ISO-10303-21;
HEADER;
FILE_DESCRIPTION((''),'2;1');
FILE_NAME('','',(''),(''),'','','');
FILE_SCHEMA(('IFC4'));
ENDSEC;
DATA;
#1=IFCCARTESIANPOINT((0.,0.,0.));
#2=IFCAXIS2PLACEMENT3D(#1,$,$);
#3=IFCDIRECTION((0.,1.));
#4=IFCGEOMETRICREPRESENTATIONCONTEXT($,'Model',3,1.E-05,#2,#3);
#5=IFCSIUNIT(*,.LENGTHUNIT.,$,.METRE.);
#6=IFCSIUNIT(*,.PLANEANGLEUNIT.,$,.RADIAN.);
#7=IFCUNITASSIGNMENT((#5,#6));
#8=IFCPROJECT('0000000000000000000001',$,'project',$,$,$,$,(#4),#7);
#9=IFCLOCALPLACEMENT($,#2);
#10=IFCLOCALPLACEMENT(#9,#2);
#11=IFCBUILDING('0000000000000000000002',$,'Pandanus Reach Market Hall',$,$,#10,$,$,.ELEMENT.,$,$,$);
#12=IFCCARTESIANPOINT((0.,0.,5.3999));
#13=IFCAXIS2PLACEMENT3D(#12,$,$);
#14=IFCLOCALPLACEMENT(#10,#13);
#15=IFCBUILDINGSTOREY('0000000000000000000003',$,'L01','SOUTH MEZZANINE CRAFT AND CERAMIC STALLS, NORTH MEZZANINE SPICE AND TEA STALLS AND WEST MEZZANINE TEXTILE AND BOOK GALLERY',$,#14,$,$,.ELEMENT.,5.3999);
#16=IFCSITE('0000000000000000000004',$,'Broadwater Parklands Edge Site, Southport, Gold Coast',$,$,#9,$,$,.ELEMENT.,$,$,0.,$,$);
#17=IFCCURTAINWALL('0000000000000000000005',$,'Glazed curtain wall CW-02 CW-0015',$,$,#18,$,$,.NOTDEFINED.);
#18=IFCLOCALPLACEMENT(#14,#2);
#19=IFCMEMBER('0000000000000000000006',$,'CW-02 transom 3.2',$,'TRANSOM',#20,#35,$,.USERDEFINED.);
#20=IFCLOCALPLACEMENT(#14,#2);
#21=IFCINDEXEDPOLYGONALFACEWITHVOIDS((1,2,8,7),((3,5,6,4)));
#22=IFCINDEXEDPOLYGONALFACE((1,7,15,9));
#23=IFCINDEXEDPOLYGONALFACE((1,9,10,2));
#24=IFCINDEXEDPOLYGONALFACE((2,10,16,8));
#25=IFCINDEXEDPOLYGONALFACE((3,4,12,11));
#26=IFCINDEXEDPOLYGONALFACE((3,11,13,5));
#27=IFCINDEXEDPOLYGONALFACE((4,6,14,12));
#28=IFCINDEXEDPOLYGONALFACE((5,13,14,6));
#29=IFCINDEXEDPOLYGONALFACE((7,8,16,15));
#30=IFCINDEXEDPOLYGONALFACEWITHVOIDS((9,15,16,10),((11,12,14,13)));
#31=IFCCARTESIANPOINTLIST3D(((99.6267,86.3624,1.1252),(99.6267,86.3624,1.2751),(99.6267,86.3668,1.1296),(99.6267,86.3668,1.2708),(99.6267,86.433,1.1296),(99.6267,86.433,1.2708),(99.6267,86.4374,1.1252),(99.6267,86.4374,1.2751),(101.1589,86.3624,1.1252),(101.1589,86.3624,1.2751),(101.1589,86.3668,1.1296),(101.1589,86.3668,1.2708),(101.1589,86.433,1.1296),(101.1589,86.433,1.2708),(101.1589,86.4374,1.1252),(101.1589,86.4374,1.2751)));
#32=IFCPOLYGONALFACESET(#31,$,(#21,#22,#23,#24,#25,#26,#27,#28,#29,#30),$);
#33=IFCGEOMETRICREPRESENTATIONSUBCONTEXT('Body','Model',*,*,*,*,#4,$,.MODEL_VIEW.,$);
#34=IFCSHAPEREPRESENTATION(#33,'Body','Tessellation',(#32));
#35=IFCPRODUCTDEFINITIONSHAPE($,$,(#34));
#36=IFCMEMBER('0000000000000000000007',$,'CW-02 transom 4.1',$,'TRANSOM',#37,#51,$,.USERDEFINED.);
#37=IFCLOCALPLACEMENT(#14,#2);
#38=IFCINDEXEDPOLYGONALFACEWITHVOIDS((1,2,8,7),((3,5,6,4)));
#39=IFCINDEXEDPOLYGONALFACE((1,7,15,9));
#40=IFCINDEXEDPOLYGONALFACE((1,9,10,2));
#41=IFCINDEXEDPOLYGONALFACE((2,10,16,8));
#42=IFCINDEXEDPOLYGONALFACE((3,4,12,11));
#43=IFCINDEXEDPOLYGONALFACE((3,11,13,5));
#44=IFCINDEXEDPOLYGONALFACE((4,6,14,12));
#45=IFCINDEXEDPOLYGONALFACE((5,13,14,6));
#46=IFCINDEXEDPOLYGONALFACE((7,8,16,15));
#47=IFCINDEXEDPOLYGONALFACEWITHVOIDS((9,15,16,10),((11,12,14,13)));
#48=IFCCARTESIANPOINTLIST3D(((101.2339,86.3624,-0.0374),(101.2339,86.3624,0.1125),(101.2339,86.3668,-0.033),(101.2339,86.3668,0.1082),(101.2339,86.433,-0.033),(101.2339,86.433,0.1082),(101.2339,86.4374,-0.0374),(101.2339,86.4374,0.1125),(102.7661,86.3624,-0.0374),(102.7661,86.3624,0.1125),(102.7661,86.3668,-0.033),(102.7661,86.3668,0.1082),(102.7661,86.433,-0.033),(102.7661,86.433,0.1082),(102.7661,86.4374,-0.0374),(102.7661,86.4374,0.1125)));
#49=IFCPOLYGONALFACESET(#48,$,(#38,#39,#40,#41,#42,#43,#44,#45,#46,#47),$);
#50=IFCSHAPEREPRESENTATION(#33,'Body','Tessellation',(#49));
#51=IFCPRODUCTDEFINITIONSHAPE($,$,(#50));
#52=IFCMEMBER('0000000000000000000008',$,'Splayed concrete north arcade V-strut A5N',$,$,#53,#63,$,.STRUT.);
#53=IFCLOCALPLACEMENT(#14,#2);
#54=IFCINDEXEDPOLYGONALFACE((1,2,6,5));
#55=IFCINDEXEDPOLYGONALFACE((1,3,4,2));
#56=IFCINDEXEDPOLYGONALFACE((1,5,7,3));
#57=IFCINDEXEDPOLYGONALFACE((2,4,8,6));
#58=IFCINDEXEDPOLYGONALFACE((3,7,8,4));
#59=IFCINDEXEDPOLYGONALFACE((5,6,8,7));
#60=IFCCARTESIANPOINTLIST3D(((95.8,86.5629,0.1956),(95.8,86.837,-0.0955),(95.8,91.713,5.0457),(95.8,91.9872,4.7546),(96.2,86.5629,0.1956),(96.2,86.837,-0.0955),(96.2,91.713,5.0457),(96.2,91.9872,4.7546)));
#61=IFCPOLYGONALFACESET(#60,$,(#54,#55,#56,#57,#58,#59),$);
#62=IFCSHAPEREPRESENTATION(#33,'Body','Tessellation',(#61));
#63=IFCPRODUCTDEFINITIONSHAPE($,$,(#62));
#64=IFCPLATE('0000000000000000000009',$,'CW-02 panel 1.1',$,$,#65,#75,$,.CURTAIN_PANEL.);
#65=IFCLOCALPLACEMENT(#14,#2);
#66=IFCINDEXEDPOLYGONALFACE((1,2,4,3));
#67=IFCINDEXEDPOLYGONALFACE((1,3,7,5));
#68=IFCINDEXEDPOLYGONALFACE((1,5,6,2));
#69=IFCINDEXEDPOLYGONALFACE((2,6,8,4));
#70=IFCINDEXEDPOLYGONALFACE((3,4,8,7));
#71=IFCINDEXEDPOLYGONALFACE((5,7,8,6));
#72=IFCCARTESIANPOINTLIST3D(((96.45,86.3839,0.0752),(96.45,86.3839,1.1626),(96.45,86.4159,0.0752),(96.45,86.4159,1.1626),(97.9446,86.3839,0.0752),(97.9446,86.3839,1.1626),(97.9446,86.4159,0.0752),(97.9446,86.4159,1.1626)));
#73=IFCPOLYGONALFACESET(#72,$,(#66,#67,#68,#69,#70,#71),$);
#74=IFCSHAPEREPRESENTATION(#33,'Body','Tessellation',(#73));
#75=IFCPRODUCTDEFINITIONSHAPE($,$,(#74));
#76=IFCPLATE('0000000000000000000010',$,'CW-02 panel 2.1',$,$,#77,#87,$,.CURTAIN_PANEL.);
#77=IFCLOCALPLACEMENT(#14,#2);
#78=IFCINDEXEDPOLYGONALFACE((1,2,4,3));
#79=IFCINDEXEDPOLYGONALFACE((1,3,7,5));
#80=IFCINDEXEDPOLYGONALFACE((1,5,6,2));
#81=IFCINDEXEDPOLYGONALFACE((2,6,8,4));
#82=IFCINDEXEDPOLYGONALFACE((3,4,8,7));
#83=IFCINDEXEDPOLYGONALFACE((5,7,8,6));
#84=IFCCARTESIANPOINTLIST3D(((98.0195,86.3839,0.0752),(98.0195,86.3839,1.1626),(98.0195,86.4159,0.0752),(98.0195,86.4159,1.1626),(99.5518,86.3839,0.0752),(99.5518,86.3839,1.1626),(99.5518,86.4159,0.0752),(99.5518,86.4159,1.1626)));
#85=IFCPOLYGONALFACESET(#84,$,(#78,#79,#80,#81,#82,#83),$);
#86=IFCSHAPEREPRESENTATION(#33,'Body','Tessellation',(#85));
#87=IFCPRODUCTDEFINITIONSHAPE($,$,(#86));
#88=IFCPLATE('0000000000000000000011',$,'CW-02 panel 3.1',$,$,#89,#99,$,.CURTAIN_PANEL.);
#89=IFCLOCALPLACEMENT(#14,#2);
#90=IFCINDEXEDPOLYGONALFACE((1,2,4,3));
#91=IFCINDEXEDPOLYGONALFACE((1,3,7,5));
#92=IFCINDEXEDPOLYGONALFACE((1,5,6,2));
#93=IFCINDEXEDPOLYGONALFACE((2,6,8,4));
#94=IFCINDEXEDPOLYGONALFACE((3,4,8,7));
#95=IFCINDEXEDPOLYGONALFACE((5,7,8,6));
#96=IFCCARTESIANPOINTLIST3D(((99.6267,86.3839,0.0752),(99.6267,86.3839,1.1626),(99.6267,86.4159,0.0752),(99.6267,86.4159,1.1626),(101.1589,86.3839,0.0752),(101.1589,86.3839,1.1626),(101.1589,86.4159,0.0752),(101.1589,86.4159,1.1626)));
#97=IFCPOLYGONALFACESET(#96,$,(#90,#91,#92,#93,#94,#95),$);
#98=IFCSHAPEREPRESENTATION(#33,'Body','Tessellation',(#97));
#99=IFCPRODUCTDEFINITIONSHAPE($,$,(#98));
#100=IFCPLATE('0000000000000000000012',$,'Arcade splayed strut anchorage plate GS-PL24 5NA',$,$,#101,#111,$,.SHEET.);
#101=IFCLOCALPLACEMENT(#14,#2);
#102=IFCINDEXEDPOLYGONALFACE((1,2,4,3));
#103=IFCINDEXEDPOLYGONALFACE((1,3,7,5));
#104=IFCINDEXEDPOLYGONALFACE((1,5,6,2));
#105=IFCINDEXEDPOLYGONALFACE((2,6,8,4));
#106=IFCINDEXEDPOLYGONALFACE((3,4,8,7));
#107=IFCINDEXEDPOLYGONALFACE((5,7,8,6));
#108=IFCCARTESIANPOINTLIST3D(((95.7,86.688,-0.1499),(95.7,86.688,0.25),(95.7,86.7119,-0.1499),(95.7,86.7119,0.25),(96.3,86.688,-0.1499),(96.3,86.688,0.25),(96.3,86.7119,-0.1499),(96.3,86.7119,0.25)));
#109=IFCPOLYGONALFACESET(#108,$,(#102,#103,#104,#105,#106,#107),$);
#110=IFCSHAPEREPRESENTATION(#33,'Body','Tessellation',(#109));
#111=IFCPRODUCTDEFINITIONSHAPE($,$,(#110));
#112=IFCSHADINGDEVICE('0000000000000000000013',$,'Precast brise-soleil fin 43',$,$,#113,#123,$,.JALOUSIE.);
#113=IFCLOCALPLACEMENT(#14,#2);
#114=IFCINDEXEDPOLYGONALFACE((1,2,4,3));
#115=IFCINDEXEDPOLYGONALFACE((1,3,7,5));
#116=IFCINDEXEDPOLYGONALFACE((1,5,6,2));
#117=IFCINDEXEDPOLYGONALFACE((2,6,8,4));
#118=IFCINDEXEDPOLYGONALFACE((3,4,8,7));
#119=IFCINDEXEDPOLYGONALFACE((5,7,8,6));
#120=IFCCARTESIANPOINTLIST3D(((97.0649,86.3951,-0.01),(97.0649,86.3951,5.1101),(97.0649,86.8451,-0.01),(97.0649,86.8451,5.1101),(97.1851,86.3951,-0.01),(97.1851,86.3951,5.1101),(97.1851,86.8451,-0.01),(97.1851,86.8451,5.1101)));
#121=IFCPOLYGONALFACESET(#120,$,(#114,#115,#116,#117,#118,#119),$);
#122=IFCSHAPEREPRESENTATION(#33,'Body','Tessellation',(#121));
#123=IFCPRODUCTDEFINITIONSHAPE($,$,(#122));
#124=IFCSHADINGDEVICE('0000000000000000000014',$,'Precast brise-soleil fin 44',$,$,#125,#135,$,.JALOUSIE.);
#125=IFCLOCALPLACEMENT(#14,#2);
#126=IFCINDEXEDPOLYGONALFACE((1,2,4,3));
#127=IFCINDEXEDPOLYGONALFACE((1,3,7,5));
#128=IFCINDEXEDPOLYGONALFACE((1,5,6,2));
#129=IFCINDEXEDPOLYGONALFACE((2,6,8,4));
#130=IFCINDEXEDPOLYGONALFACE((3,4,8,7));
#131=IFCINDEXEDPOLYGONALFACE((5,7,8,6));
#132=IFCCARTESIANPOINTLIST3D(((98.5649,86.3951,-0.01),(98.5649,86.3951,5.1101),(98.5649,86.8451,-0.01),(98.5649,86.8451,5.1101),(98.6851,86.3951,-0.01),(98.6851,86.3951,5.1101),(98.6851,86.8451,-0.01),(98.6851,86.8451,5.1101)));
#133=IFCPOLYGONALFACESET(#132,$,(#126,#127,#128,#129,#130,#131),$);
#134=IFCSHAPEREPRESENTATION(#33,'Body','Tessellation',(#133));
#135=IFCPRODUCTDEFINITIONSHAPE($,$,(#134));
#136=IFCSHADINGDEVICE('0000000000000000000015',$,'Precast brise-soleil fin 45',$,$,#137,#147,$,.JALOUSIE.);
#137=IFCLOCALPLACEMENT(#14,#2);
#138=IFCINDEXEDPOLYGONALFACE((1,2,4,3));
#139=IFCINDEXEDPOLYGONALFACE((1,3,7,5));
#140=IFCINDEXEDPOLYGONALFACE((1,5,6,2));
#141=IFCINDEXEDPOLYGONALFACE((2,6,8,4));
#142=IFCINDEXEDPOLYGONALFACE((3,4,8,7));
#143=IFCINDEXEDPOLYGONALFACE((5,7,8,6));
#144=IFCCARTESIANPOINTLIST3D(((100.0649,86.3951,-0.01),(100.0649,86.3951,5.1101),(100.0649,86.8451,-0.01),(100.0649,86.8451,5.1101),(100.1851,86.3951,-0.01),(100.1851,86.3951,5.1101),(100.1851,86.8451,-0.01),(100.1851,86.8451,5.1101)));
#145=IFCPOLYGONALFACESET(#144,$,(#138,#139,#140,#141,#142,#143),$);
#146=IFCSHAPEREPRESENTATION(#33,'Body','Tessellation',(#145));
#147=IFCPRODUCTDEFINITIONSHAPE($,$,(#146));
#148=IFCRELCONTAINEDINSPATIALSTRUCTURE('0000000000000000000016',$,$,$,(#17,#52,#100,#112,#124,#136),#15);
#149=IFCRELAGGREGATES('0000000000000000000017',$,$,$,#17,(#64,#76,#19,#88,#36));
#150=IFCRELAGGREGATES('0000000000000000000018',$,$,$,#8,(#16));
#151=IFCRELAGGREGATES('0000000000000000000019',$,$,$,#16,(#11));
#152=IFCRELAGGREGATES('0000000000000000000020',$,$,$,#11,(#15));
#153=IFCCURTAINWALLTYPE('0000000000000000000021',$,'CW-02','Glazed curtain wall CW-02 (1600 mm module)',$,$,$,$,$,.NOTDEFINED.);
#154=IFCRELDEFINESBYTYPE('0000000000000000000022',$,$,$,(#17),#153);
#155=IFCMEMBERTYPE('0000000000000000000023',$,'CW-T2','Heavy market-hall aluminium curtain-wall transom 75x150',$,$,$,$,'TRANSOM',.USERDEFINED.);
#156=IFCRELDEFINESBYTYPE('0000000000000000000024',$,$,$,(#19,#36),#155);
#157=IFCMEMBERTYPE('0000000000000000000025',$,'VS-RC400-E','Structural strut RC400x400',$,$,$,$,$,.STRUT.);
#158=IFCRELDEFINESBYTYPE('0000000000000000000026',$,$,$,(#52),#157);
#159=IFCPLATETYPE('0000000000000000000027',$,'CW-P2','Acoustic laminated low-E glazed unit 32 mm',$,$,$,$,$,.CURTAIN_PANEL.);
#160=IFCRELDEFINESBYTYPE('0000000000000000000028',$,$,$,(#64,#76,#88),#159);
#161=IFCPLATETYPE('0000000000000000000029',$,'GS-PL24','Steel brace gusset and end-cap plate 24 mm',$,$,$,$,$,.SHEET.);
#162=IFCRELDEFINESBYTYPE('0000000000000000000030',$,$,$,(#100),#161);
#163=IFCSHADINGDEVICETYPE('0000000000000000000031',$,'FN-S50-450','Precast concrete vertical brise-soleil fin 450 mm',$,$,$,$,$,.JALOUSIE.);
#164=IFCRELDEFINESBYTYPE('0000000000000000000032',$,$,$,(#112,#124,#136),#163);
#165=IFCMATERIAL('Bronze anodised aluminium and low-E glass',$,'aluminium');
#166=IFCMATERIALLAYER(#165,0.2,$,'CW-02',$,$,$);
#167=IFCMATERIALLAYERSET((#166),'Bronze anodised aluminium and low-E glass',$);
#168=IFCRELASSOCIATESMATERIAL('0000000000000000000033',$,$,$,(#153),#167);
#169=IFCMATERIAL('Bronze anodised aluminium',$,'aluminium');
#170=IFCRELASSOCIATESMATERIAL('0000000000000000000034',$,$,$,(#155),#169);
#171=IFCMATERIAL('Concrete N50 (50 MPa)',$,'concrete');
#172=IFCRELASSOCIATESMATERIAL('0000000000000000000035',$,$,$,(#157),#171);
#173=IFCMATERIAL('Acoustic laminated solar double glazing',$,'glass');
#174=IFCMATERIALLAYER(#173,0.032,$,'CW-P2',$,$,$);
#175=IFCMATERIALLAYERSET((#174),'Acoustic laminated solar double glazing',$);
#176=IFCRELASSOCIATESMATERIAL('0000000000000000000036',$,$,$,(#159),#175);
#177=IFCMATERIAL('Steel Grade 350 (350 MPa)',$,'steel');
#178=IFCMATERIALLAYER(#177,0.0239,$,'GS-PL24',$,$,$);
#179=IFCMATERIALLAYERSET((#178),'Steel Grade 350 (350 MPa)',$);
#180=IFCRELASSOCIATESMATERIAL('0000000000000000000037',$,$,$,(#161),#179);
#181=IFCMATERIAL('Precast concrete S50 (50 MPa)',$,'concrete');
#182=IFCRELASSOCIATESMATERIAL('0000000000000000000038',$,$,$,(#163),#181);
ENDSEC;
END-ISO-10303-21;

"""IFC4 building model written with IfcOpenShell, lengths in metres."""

from ifc_helpers import new_model, si_unit, direction, frame, origin, origin_2d, place, context, subcontext, project, spatial, rectangle, hollow_rectangle, extrude, material, layer, layer_set, material_profile, profile_set, type_object, element, aggregate, save


model = new_model("IFC4")

# Units and contexts
model_context = context("Model", 3, precision=1e-05, world=origin(), true_north=direction((0.0, 1.0)))
body_context = subcontext(model_context, "Body", "Model", "MODEL_VIEW")
ifc_project = project(units=[si_unit("LENGTHUNIT", "METRE"), si_unit("PLANEANGLEUNIT", "RADIAN")], contexts=[model_context])

# Site, building, storey
site_placement = place(None, origin())
site = spatial("IfcSite", under=ifc_project, at=site_placement, Name="Broadwater Parklands Edge Site, Southport, Gold Coast", CompositionType="ELEMENT", RefElevation=0.0)
building_placement = place(site_placement, origin())
building = spatial("IfcBuilding", under=site, at=building_placement, Name="Pandanus Reach Market Hall", CompositionType="ELEMENT")
storey_placement = place(building_placement, frame((0.0, 0.0, 5.3999)))
storey = spatial("IfcBuildingStorey", under=building, at=storey_placement, Name="L01", Description="SOUTH MEZZANINE CRAFT AND CERAMIC STALLS, NORTH MEZZANINE SPICE AND TEA STALLS AND WEST MEZZANINE TEXTILE AND BOOK GALLERY", CompositionType="ELEMENT", Elevation=5.3999)

# Shared definitions
ifc_material_1 = material(Name="Precast concrete S50 (50 MPa)", Category="concrete")

# Curtain wall, members
ifc_material_2 = material(Name="Bronze anodised aluminium and low-E glass", Category="aluminium")
ifc_layer_1 = layer(ifc_material_2, 0.2, Name="CW-02")
ifc_layer_set_1 = layer_set([ifc_layer_1], Name="Bronze anodised aluminium and low-E glass")
curtain_wall_type = type_object("IfcCurtainWallType", Name="CW-02", Description="Glazed curtain wall CW-02 (1600 mm module)", PredefinedType="NOTDEFINED", material=ifc_layer_set_1)
curtain_wall_placement = place(storey_placement, origin())
curtain_wall = element("IfcCurtainWall", 1, at=curtain_wall_placement, inside=storey, type_object=curtain_wall_type, Name="Glazed curtain wall CW-02 CW-0015", PredefinedType="NOTDEFINED")
ifc_material_3 = material(Name="Bronze anodised aluminium", Category="aluminium")
ifc_material_profile_1 = material_profile(ifc_material_3, hollow_rectangle(XDim=0.075, YDim=0.1499, WallThickness=0.0044, at=origin_2d()), Name="ALU75x150", Category="LoadBearing")
ifc_profile_set_1 = profile_set([ifc_material_profile_1], Name="Bronze anodised aluminium")
member_type_1 = type_object("IfcMemberType", Name="CW-T2", Description="Heavy market-hall aluminium curtain-wall transom 75x150", ElementType="TRANSOM", PredefinedType="USERDEFINED", material=ifc_profile_set_1)
member_1_placement = place(storey_placement, frame((99.6267, 86.3999, 1.2002), z_axis=(1.0, 0.0, 0.0), x_axis=(0.0, 1.0, 0.0)))
member_1 = element("IfcMember", 2, at=member_1_placement, type_object=member_type_1, Name="CW-02 transom 3.2", ObjectType="TRANSOM", PredefinedType="USERDEFINED", context=body_context, shape_type="SweptSolid", body=[
    extrude(hollow_rectangle(XDim=0.075, YDim=0.1499, WallThickness=0.0044, at=origin_2d()), origin(), (0.0, 0.0, 1.0), 1.5322),
])
member_2_placement = place(storey_placement, frame((101.2339, 86.3999, 0.0376), z_axis=(1.0, 0.0, 0.0), x_axis=(0.0, 1.0, 0.0)))
member_2 = element("IfcMember", 3, at=member_2_placement, type_object=member_type_1, Name="CW-02 transom 4.1", ObjectType="TRANSOM", PredefinedType="USERDEFINED", context=body_context, shape_type="SweptSolid", body=[
    extrude(hollow_rectangle(XDim=0.075, YDim=0.1499, WallThickness=0.0044, at=origin_2d()), origin(), (0.0, 0.0, 1.0), 1.5322),
])

# Member
ifc_material_4 = material(Name="Concrete N50 (50 MPa)", Category="concrete")
ifc_material_profile_2 = material_profile(ifc_material_4, rectangle(XDim=0.3999, YDim=0.3999, at=origin_2d()), Name="RC400x400", Category="LoadBearing")
ifc_profile_set_2 = profile_set([ifc_material_profile_2], Name="Concrete N50 (50 MPa)")
member_type_2 = type_object("IfcMemberType", Name="VS-RC400-E", Description="Structural strut RC400x400", PredefinedType="STRUT", material=ifc_profile_set_2)
member_3_placement = place(storey_placement, frame((96.0, 86.7, 0.05), z_axis=(0.0, 0.727995, 0.685582), x_axis=(-1.0, 0.0, 0.0)))
element("IfcMember", 4, at=member_3_placement, inside=storey, type_object=member_type_2, Name="Splayed concrete north arcade V-strut A5N", PredefinedType="STRUT", context=body_context, shape_type="SweptSolid", body=[
    extrude(rectangle(XDim=0.3999, YDim=0.3999, at=origin_2d()), origin(), (0.0, 0.0, 1.0), 7.0745),
])

# Plates
ifc_material_5 = material(Name="Acoustic laminated solar double glazing", Category="glass")
ifc_layer_2 = layer(ifc_material_5, 0.032, Name="CW-P2")
ifc_layer_set_2 = layer_set([ifc_layer_2], Name="Acoustic laminated solar double glazing")
plate_type_1 = type_object("IfcPlateType", Name="CW-P2", Description="Acoustic laminated low-E glazed unit 32 mm", PredefinedType="CURTAIN_PANEL", material=ifc_layer_set_2)
plate_1_placement = place(storey_placement, frame((97.1973, 86.3999, 0.0752), z_axis=(0.0, 0.0, 1.0), x_axis=(1.0, 0.0, 0.0)))
plate_1 = element("IfcPlate", 5, at=plate_1_placement, type_object=plate_type_1, Name="CW-02 panel 1.1", PredefinedType="CURTAIN_PANEL", context=body_context, shape_type="SweptSolid", body=[
    extrude(rectangle(XDim=1.4946, YDim=0.032, at=origin_2d()), origin(), (0.0, 0.0, 1.0), 1.0874),
])
plate_2_placement = place(storey_placement, frame((98.7856, 86.3999, 0.0752), z_axis=(0.0, 0.0, 1.0), x_axis=(1.0, 0.0, 0.0)))
plate_2 = element("IfcPlate", 6, at=plate_2_placement, type_object=plate_type_1, Name="CW-02 panel 2.1", PredefinedType="CURTAIN_PANEL", context=body_context, shape_type="SweptSolid", body=[
    extrude(rectangle(XDim=1.5322, YDim=0.032, at=origin_2d()), origin(), (0.0, 0.0, 1.0), 1.0874),
])
plate_3_placement = place(storey_placement, frame((100.3928, 86.3999, 0.0752), z_axis=(0.0, 0.0, 1.0), x_axis=(1.0, 0.0, 0.0)))
plate_3 = element("IfcPlate", 7, at=plate_3_placement, type_object=plate_type_1, Name="CW-02 panel 3.1", PredefinedType="CURTAIN_PANEL", context=body_context, shape_type="SweptSolid", body=[
    extrude(rectangle(XDim=1.5322, YDim=0.032, at=origin_2d()), origin(), (0.0, 0.0, 1.0), 1.0874),
])
aggregate(curtain_wall, [plate_1, plate_2, member_1, plate_3, member_2])
ifc_material_6 = material(Name="Steel Grade 350 (350 MPa)", Category="steel")
ifc_layer_3 = layer(ifc_material_6, 0.0239, Name="GS-PL24")
ifc_layer_set_3 = layer_set([ifc_layer_3], Name="Steel Grade 350 (350 MPa)")
plate_type_2 = type_object("IfcPlateType", Name="GS-PL24", Description="Steel brace gusset and end-cap plate 24 mm", PredefinedType="SHEET", material=ifc_layer_set_3)
plate_4_placement = place(storey_placement, frame((96.0, 86.7, -0.1499), z_axis=(0.0, 0.0, 1.0), x_axis=(1.0, 0.0, 0.0)))
element("IfcPlate", 8, at=plate_4_placement, inside=storey, type_object=plate_type_2, Name="Arcade splayed strut anchorage plate GS-PL24 5NA", PredefinedType="SHEET", context=body_context, shape_type="SweptSolid", body=[
    extrude(rectangle(XDim=0.6001, YDim=0.0239, at=origin_2d()), origin(), (0.0, 0.0, 1.0), 0.3999),
])

# Shading devices
shading_device_type = type_object("IfcShadingDeviceType", Name="FN-S50-450", Description="Precast concrete vertical brise-soleil fin 450 mm", PredefinedType="JALOUSIE", material=ifc_material_1)
for number, where, z_axis, x_axis, name in (
    (9, (97.125, 86.6201, -0.01), (0.0, 0.0, 1.0), (0.0, 1.0, 0.0), "Precast brise-soleil fin 43"),
    (10, (98.625, 86.6201, -0.01), (0.0, 0.0, 1.0), (0.0, 1.0, 0.0), "Precast brise-soleil fin 44"),
    (11, (100.125, 86.6201, -0.01), (0.0, 0.0, 1.0), (0.0, 1.0, 0.0), "Precast brise-soleil fin 45"),
):
    element("IfcShadingDevice", number, at=place(storey_placement, frame(where, z_axis=z_axis, x_axis=x_axis)), inside=storey, type_object=shading_device_type, Name=name, PredefinedType="JALOUSIE", context=body_context, shape_type="SweptSolid", body=[
        extrude(rectangle(XDim=0.45, YDim=0.1201, at=origin_2d()), origin(), (0.0, 0.0, 1.0), 5.1201),
    ])

save(model, "model.ifc")
